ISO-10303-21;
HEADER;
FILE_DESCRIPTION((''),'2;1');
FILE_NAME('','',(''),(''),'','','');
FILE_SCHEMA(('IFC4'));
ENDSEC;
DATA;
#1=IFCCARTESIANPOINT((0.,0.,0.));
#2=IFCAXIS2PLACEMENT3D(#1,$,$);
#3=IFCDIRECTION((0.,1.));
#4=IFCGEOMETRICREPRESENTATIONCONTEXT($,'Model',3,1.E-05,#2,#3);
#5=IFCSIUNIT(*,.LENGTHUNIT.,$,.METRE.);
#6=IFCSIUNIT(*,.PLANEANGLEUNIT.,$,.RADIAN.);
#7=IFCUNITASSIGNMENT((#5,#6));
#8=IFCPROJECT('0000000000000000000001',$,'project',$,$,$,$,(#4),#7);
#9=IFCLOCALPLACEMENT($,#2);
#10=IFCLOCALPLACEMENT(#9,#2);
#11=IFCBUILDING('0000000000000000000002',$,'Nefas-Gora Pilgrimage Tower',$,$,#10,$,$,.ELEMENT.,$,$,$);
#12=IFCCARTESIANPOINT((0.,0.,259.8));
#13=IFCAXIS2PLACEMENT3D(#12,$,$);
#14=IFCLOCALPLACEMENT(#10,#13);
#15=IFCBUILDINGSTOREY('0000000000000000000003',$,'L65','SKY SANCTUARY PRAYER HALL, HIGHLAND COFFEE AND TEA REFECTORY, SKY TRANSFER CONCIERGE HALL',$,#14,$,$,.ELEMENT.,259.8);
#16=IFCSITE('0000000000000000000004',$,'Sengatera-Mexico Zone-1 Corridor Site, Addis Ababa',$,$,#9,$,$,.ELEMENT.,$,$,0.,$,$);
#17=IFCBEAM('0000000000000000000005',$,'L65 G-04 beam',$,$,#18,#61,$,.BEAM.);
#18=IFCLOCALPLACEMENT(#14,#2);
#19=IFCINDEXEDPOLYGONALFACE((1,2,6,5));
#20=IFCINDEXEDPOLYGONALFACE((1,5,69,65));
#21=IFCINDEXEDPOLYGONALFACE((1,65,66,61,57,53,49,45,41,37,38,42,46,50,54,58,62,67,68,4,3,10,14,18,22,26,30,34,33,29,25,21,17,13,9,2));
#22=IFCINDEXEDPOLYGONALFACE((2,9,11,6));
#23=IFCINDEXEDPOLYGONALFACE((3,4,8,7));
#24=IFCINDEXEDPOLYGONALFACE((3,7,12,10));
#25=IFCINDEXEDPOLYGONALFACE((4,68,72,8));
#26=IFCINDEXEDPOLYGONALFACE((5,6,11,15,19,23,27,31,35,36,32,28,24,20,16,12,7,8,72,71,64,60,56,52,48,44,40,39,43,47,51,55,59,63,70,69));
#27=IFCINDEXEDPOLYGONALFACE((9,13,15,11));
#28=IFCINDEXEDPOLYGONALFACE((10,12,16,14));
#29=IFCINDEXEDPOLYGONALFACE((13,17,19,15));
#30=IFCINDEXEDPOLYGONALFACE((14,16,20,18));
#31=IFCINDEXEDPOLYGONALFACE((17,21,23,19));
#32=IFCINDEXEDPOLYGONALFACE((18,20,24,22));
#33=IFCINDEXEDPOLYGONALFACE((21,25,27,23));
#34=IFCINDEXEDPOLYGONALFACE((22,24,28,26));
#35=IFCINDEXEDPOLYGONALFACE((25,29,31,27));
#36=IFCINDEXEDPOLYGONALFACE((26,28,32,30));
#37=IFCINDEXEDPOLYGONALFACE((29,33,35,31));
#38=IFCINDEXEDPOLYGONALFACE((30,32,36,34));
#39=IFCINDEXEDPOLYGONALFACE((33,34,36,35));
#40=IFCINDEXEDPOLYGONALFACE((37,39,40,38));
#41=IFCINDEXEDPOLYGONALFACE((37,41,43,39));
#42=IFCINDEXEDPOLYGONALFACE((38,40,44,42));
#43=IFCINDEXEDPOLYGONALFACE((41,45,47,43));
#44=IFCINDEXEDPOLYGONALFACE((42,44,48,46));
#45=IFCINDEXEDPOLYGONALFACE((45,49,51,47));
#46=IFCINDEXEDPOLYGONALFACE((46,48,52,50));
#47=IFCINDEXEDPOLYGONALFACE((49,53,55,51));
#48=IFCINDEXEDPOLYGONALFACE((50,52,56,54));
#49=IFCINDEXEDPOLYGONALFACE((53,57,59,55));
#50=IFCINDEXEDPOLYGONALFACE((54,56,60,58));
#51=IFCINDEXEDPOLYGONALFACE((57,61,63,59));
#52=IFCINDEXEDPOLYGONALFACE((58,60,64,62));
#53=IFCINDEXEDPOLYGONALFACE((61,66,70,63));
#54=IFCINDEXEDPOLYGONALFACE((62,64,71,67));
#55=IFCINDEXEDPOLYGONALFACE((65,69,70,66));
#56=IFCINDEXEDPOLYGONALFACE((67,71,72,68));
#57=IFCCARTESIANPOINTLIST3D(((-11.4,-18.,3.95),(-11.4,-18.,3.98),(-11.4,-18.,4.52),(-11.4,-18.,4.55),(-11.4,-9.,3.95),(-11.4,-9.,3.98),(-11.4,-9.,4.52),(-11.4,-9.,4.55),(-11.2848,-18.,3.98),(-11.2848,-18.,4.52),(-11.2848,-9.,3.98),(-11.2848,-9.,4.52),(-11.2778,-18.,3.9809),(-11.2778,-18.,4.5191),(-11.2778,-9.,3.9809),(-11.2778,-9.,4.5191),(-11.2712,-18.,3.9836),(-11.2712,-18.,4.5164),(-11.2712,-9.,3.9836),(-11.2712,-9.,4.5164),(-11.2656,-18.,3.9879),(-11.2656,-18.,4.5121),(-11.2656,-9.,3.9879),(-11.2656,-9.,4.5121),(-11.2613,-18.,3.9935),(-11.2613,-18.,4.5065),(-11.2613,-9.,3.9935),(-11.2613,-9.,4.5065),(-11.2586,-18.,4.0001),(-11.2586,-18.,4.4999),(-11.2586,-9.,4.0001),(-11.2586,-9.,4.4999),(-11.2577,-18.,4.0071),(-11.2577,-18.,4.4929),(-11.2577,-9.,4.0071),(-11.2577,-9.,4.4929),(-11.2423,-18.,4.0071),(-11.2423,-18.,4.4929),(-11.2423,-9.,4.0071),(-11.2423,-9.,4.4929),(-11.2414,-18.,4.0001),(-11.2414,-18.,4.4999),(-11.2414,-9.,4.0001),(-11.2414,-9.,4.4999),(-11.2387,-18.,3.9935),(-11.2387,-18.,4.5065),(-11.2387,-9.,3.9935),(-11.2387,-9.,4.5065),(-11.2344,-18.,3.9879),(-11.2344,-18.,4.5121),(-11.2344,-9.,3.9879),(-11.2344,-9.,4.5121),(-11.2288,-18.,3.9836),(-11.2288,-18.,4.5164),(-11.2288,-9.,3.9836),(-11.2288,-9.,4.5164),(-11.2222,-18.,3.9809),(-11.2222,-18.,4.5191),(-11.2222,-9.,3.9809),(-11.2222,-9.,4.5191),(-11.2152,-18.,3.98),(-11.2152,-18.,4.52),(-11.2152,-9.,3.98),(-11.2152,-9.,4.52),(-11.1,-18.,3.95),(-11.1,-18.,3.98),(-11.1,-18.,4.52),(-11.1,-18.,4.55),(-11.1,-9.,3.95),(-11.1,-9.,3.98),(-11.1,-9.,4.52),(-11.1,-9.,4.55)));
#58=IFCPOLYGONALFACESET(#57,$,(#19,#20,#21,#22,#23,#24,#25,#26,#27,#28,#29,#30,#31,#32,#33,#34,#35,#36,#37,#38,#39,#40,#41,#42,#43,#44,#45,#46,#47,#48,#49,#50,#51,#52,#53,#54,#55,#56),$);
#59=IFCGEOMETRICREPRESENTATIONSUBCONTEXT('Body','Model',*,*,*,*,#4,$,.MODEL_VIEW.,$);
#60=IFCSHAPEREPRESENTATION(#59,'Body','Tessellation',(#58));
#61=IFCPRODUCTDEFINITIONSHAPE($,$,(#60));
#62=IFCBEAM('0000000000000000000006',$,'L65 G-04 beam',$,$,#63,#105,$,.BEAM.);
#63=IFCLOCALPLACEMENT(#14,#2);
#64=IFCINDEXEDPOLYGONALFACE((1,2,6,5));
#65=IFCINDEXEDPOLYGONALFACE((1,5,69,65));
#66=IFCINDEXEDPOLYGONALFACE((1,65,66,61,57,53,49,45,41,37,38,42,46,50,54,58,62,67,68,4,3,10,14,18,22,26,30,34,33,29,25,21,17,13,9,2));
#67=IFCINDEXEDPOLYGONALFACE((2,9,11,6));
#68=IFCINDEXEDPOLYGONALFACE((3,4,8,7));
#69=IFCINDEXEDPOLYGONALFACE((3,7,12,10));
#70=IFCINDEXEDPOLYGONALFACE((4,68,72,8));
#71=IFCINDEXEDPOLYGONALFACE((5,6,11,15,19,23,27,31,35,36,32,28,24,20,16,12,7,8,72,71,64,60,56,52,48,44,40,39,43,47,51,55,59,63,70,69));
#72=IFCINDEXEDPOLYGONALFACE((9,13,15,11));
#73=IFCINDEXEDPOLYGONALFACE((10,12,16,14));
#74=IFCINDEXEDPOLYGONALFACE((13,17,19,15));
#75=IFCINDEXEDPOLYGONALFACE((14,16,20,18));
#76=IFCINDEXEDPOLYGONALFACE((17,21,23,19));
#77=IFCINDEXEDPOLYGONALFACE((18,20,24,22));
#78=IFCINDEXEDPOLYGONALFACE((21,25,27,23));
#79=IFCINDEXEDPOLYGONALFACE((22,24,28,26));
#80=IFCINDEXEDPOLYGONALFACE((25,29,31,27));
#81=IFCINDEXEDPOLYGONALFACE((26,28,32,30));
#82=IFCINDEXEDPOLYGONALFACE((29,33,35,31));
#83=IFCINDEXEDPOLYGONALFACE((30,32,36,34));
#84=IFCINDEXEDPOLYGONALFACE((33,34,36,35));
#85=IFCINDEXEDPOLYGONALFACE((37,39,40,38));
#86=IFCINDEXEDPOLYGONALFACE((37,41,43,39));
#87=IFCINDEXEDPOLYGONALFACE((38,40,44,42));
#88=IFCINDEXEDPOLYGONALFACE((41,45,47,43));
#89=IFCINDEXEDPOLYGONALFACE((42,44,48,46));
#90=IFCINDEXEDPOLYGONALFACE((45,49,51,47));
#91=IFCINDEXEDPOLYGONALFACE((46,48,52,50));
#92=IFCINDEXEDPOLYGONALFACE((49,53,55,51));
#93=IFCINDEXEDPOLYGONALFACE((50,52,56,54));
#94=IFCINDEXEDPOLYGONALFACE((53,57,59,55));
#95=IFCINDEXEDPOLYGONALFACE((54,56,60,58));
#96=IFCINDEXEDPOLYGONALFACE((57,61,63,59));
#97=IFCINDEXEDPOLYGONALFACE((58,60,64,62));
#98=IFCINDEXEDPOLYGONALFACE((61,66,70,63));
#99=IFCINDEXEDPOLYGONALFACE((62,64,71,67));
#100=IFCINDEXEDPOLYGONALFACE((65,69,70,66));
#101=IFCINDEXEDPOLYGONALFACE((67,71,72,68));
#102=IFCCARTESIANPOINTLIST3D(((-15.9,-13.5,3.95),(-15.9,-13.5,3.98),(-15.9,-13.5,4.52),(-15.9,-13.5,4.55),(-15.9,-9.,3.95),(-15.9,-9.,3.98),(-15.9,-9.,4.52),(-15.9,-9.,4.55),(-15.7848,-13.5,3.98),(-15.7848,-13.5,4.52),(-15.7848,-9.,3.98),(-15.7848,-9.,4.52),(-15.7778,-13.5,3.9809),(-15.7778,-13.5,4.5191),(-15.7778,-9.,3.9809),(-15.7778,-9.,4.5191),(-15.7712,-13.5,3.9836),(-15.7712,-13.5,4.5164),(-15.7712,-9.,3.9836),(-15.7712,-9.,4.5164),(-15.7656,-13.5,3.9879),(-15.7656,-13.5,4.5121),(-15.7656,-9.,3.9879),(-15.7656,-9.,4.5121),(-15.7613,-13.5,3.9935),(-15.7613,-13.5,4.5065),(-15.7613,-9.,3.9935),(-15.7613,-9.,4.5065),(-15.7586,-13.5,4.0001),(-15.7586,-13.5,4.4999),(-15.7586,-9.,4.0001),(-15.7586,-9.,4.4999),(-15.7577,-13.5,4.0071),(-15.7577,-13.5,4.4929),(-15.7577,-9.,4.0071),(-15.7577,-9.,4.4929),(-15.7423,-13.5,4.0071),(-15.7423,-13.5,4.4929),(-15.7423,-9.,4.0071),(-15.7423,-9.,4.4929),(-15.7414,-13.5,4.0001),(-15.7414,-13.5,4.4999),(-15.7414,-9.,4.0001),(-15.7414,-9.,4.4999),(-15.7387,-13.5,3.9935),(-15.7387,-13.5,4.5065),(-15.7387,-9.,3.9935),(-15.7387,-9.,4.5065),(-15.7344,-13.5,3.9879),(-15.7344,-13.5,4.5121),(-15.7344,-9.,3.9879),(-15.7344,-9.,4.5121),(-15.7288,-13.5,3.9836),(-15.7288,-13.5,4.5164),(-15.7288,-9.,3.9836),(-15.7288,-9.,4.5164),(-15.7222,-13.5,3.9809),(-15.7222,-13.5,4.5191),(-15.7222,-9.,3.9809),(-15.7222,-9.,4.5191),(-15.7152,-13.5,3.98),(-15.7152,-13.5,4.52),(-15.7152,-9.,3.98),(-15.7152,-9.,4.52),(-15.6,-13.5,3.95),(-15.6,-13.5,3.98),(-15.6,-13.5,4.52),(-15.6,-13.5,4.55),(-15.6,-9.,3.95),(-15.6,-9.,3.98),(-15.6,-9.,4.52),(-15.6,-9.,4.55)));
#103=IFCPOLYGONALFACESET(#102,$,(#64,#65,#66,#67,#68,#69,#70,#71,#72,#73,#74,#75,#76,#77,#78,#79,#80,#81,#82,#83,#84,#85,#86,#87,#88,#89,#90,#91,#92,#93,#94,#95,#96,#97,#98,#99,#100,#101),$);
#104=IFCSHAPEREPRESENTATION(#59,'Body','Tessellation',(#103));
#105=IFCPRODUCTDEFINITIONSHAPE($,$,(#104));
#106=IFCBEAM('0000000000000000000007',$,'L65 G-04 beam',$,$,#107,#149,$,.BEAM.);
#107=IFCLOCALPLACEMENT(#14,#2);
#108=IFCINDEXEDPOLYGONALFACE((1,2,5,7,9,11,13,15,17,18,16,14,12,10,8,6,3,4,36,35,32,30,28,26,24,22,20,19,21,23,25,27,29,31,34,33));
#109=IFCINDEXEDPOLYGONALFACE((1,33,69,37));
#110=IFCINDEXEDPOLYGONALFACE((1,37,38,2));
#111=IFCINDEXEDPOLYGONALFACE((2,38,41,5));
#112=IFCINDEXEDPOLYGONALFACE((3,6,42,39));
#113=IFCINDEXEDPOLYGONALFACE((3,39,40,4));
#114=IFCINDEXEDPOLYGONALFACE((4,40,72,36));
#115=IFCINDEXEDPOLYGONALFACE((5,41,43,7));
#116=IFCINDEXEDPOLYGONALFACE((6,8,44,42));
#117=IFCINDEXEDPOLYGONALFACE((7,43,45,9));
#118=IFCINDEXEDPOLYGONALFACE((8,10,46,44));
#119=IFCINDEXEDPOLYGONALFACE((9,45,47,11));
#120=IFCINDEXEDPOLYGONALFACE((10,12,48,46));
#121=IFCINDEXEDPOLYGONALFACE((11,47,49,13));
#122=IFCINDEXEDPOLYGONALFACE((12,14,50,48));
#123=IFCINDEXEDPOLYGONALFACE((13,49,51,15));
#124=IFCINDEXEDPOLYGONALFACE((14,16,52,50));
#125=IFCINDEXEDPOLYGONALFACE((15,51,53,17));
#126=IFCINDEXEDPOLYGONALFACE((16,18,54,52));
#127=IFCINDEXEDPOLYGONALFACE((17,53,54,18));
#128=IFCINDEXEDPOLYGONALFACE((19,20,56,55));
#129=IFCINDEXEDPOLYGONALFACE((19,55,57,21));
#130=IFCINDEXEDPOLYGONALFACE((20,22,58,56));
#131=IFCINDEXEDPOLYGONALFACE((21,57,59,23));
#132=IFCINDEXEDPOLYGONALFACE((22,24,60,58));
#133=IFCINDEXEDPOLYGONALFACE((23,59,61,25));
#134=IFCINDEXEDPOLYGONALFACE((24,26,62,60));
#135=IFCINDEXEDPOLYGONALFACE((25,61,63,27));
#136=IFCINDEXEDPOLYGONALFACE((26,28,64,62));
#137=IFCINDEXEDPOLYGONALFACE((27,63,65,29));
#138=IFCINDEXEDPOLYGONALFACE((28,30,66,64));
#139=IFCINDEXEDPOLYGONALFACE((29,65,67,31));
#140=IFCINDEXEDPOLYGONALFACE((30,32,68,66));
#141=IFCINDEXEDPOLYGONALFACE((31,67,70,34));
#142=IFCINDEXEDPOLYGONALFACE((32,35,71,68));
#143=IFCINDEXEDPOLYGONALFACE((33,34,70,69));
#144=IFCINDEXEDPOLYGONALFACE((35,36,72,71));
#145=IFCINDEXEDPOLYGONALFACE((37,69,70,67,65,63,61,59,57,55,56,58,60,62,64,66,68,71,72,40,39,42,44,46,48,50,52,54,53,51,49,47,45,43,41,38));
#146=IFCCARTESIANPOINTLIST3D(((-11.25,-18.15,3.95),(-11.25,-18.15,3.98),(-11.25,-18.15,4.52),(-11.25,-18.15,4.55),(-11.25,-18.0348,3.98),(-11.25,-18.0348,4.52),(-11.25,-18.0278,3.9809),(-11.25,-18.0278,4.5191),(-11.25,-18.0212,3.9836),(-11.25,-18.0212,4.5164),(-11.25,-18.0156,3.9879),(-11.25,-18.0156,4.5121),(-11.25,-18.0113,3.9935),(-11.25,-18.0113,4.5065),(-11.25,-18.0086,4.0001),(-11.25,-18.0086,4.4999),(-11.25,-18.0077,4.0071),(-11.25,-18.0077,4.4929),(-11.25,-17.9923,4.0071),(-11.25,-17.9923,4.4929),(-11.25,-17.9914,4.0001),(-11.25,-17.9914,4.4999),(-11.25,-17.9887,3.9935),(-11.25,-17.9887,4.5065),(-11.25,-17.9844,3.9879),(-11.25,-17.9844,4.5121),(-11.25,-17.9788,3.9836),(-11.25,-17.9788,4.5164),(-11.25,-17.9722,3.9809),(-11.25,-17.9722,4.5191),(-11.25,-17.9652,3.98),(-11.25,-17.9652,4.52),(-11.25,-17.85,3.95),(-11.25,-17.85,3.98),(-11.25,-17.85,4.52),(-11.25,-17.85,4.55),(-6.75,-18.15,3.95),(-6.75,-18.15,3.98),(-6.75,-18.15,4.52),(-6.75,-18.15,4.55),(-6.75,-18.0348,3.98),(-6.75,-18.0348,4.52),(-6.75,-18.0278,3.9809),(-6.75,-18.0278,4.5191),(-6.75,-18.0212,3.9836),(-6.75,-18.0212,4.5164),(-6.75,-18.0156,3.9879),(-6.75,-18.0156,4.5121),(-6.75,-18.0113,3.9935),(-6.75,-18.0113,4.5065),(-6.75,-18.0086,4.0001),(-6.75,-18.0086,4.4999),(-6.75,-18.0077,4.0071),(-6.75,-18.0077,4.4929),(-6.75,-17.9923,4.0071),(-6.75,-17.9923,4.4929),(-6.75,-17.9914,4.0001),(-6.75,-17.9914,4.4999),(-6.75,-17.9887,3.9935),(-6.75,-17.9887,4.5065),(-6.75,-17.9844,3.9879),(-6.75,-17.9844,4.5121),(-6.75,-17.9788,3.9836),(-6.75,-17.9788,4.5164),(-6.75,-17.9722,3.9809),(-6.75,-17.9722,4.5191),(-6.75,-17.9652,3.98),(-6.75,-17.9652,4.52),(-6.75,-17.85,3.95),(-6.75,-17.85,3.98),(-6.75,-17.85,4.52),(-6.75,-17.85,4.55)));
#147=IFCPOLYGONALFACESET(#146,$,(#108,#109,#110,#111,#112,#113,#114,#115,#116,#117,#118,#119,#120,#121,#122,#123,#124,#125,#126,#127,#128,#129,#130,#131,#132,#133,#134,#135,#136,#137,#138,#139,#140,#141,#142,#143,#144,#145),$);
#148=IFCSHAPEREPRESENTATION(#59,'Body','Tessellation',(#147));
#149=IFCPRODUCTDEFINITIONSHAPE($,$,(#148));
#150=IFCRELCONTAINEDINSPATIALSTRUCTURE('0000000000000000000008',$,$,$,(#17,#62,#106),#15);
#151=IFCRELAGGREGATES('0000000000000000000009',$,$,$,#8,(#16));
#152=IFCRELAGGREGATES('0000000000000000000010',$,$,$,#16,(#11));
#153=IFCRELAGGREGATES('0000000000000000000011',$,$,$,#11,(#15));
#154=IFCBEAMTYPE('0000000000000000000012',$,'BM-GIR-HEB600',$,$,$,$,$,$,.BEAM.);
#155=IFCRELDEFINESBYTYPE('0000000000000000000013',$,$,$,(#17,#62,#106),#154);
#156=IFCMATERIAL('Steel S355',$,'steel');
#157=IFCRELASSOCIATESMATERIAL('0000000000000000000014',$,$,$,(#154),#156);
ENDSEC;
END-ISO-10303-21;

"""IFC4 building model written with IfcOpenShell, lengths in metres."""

from ifc_helpers import new_model, si_unit, direction, frame, origin, origin_2d, place, context, subcontext, project, spatial, i_section, extrude, source, transform, mapped, material, material_profile, profile_set, type_object, element, save


model = new_model("IFC4")

# Units and contexts
model_context = context("Model", 3, precision=1e-05, world=origin(), true_north=direction((0.0, 1.0)))
body_context = subcontext(model_context, "Body", "Model", "MODEL_VIEW")
ifc_project = project(units=[si_unit("LENGTHUNIT", "METRE"), si_unit("PLANEANGLEUNIT", "RADIAN")], contexts=[model_context])

# Site, building, storey
site_placement = place(None, origin())
site = spatial("IfcSite", under=ifc_project, at=site_placement, Name="Sengatera-Mexico Zone-1 Corridor Site, Addis Ababa", CompositionType="ELEMENT", RefElevation=0.0)
building_placement = place(site_placement, origin())
building = spatial("IfcBuilding", under=site, at=building_placement, Name="Nefas-Gora Pilgrimage Tower", CompositionType="ELEMENT")
storey_placement = place(building_placement, frame((0.0, 0.0, 259.8)))
storey = spatial("IfcBuildingStorey", under=building, at=storey_placement, Name="L65", Description="SKY SANCTUARY PRAYER HALL, HIGHLAND COFFEE AND TEA REFECTORY, SKY TRANSFER CONCIERGE HALL", CompositionType="ELEMENT", Elevation=259.8)

# Beams
ifc_material_1 = material(Name="Steel S355", Category="steel")
ifc_material_profile_1 = material_profile(ifc_material_1, i_section(OverallWidth=0.3, OverallDepth=0.6001, WebThickness=0.0154, FlangeThickness=0.03, FilletRadius=0.0271, at=origin_2d()), Name="HEB 600")
ifc_profile_set_1 = profile_set([ifc_material_profile_1], Name="Steel S355")
beam_type_1 = type_object("IfcBeamType", Name="BM-GIR-HEB600", PredefinedType="BEAM", material=ifc_profile_set_1)
shared_shape_1 = source(origin(), body_context, "Body", "SweptSolid", [
    extrude(i_section(OverallWidth=0.3, OverallDepth=0.6001, WebThickness=0.0154, FlangeThickness=0.03, FilletRadius=0.0271, at=origin_2d()), origin(), (0.0, 0.0, 1.0), 9.0),
])
for number, where, z_axis, x_axis, name in (
    (1, (-11.25, -18.0, 4.25), (0.0, 1.0, 0.0), (-1.0, 0.0, 0.0), "L65 G-04 beam"),
):
    element("IfcBeam", number, at=place(storey_placement, frame(where, z_axis=z_axis, x_axis=x_axis)), inside=storey, type_object=beam_type_1, Name=name, PredefinedType="BEAM", context=body_context, shape_type="MappedRepresentation", body=[
        mapped(shared_shape_1, transform((0.0, 0.0, 0.0), x_axis=(1.0, 0.0, 0.0), y_axis=(0.0, 1.0, 0.0), z_axis=(0.0, 0.0, 1.0), scale=1.0)),
    ])
shared_shape_2 = source(origin(), body_context, "Body", "SweptSolid", [
    extrude(i_section(OverallWidth=0.3, OverallDepth=0.6001, WebThickness=0.0154, FlangeThickness=0.03, FilletRadius=0.0271, at=origin_2d()), origin(), (0.0, 0.0, 1.0), 4.5),
])
for number, where, z_axis, x_axis, name in (
    (2, (-15.75, -13.5, 4.25), (0.0, 1.0, 0.0), (-1.0, 0.0, 0.0), "L65 G-04 beam"),
    (3, (-11.25, -18.0, 4.25), (1.0, 0.0, 0.0), (0.0, 1.0, 0.0), "L65 G-04 beam"),
):
    element("IfcBeam", number, at=place(storey_placement, frame(where, z_axis=z_axis, x_axis=x_axis)), inside=storey, type_object=beam_type_1, Name=name, PredefinedType="BEAM", context=body_context, shape_type="MappedRepresentation", body=[
        mapped(shared_shape_2, transform((0.0, 0.0, 0.0), x_axis=(1.0, 0.0, 0.0), y_axis=(0.0, 1.0, 0.0), z_axis=(0.0, 0.0, 1.0), scale=1.0)),
    ])

save(model, "model.ifc")
